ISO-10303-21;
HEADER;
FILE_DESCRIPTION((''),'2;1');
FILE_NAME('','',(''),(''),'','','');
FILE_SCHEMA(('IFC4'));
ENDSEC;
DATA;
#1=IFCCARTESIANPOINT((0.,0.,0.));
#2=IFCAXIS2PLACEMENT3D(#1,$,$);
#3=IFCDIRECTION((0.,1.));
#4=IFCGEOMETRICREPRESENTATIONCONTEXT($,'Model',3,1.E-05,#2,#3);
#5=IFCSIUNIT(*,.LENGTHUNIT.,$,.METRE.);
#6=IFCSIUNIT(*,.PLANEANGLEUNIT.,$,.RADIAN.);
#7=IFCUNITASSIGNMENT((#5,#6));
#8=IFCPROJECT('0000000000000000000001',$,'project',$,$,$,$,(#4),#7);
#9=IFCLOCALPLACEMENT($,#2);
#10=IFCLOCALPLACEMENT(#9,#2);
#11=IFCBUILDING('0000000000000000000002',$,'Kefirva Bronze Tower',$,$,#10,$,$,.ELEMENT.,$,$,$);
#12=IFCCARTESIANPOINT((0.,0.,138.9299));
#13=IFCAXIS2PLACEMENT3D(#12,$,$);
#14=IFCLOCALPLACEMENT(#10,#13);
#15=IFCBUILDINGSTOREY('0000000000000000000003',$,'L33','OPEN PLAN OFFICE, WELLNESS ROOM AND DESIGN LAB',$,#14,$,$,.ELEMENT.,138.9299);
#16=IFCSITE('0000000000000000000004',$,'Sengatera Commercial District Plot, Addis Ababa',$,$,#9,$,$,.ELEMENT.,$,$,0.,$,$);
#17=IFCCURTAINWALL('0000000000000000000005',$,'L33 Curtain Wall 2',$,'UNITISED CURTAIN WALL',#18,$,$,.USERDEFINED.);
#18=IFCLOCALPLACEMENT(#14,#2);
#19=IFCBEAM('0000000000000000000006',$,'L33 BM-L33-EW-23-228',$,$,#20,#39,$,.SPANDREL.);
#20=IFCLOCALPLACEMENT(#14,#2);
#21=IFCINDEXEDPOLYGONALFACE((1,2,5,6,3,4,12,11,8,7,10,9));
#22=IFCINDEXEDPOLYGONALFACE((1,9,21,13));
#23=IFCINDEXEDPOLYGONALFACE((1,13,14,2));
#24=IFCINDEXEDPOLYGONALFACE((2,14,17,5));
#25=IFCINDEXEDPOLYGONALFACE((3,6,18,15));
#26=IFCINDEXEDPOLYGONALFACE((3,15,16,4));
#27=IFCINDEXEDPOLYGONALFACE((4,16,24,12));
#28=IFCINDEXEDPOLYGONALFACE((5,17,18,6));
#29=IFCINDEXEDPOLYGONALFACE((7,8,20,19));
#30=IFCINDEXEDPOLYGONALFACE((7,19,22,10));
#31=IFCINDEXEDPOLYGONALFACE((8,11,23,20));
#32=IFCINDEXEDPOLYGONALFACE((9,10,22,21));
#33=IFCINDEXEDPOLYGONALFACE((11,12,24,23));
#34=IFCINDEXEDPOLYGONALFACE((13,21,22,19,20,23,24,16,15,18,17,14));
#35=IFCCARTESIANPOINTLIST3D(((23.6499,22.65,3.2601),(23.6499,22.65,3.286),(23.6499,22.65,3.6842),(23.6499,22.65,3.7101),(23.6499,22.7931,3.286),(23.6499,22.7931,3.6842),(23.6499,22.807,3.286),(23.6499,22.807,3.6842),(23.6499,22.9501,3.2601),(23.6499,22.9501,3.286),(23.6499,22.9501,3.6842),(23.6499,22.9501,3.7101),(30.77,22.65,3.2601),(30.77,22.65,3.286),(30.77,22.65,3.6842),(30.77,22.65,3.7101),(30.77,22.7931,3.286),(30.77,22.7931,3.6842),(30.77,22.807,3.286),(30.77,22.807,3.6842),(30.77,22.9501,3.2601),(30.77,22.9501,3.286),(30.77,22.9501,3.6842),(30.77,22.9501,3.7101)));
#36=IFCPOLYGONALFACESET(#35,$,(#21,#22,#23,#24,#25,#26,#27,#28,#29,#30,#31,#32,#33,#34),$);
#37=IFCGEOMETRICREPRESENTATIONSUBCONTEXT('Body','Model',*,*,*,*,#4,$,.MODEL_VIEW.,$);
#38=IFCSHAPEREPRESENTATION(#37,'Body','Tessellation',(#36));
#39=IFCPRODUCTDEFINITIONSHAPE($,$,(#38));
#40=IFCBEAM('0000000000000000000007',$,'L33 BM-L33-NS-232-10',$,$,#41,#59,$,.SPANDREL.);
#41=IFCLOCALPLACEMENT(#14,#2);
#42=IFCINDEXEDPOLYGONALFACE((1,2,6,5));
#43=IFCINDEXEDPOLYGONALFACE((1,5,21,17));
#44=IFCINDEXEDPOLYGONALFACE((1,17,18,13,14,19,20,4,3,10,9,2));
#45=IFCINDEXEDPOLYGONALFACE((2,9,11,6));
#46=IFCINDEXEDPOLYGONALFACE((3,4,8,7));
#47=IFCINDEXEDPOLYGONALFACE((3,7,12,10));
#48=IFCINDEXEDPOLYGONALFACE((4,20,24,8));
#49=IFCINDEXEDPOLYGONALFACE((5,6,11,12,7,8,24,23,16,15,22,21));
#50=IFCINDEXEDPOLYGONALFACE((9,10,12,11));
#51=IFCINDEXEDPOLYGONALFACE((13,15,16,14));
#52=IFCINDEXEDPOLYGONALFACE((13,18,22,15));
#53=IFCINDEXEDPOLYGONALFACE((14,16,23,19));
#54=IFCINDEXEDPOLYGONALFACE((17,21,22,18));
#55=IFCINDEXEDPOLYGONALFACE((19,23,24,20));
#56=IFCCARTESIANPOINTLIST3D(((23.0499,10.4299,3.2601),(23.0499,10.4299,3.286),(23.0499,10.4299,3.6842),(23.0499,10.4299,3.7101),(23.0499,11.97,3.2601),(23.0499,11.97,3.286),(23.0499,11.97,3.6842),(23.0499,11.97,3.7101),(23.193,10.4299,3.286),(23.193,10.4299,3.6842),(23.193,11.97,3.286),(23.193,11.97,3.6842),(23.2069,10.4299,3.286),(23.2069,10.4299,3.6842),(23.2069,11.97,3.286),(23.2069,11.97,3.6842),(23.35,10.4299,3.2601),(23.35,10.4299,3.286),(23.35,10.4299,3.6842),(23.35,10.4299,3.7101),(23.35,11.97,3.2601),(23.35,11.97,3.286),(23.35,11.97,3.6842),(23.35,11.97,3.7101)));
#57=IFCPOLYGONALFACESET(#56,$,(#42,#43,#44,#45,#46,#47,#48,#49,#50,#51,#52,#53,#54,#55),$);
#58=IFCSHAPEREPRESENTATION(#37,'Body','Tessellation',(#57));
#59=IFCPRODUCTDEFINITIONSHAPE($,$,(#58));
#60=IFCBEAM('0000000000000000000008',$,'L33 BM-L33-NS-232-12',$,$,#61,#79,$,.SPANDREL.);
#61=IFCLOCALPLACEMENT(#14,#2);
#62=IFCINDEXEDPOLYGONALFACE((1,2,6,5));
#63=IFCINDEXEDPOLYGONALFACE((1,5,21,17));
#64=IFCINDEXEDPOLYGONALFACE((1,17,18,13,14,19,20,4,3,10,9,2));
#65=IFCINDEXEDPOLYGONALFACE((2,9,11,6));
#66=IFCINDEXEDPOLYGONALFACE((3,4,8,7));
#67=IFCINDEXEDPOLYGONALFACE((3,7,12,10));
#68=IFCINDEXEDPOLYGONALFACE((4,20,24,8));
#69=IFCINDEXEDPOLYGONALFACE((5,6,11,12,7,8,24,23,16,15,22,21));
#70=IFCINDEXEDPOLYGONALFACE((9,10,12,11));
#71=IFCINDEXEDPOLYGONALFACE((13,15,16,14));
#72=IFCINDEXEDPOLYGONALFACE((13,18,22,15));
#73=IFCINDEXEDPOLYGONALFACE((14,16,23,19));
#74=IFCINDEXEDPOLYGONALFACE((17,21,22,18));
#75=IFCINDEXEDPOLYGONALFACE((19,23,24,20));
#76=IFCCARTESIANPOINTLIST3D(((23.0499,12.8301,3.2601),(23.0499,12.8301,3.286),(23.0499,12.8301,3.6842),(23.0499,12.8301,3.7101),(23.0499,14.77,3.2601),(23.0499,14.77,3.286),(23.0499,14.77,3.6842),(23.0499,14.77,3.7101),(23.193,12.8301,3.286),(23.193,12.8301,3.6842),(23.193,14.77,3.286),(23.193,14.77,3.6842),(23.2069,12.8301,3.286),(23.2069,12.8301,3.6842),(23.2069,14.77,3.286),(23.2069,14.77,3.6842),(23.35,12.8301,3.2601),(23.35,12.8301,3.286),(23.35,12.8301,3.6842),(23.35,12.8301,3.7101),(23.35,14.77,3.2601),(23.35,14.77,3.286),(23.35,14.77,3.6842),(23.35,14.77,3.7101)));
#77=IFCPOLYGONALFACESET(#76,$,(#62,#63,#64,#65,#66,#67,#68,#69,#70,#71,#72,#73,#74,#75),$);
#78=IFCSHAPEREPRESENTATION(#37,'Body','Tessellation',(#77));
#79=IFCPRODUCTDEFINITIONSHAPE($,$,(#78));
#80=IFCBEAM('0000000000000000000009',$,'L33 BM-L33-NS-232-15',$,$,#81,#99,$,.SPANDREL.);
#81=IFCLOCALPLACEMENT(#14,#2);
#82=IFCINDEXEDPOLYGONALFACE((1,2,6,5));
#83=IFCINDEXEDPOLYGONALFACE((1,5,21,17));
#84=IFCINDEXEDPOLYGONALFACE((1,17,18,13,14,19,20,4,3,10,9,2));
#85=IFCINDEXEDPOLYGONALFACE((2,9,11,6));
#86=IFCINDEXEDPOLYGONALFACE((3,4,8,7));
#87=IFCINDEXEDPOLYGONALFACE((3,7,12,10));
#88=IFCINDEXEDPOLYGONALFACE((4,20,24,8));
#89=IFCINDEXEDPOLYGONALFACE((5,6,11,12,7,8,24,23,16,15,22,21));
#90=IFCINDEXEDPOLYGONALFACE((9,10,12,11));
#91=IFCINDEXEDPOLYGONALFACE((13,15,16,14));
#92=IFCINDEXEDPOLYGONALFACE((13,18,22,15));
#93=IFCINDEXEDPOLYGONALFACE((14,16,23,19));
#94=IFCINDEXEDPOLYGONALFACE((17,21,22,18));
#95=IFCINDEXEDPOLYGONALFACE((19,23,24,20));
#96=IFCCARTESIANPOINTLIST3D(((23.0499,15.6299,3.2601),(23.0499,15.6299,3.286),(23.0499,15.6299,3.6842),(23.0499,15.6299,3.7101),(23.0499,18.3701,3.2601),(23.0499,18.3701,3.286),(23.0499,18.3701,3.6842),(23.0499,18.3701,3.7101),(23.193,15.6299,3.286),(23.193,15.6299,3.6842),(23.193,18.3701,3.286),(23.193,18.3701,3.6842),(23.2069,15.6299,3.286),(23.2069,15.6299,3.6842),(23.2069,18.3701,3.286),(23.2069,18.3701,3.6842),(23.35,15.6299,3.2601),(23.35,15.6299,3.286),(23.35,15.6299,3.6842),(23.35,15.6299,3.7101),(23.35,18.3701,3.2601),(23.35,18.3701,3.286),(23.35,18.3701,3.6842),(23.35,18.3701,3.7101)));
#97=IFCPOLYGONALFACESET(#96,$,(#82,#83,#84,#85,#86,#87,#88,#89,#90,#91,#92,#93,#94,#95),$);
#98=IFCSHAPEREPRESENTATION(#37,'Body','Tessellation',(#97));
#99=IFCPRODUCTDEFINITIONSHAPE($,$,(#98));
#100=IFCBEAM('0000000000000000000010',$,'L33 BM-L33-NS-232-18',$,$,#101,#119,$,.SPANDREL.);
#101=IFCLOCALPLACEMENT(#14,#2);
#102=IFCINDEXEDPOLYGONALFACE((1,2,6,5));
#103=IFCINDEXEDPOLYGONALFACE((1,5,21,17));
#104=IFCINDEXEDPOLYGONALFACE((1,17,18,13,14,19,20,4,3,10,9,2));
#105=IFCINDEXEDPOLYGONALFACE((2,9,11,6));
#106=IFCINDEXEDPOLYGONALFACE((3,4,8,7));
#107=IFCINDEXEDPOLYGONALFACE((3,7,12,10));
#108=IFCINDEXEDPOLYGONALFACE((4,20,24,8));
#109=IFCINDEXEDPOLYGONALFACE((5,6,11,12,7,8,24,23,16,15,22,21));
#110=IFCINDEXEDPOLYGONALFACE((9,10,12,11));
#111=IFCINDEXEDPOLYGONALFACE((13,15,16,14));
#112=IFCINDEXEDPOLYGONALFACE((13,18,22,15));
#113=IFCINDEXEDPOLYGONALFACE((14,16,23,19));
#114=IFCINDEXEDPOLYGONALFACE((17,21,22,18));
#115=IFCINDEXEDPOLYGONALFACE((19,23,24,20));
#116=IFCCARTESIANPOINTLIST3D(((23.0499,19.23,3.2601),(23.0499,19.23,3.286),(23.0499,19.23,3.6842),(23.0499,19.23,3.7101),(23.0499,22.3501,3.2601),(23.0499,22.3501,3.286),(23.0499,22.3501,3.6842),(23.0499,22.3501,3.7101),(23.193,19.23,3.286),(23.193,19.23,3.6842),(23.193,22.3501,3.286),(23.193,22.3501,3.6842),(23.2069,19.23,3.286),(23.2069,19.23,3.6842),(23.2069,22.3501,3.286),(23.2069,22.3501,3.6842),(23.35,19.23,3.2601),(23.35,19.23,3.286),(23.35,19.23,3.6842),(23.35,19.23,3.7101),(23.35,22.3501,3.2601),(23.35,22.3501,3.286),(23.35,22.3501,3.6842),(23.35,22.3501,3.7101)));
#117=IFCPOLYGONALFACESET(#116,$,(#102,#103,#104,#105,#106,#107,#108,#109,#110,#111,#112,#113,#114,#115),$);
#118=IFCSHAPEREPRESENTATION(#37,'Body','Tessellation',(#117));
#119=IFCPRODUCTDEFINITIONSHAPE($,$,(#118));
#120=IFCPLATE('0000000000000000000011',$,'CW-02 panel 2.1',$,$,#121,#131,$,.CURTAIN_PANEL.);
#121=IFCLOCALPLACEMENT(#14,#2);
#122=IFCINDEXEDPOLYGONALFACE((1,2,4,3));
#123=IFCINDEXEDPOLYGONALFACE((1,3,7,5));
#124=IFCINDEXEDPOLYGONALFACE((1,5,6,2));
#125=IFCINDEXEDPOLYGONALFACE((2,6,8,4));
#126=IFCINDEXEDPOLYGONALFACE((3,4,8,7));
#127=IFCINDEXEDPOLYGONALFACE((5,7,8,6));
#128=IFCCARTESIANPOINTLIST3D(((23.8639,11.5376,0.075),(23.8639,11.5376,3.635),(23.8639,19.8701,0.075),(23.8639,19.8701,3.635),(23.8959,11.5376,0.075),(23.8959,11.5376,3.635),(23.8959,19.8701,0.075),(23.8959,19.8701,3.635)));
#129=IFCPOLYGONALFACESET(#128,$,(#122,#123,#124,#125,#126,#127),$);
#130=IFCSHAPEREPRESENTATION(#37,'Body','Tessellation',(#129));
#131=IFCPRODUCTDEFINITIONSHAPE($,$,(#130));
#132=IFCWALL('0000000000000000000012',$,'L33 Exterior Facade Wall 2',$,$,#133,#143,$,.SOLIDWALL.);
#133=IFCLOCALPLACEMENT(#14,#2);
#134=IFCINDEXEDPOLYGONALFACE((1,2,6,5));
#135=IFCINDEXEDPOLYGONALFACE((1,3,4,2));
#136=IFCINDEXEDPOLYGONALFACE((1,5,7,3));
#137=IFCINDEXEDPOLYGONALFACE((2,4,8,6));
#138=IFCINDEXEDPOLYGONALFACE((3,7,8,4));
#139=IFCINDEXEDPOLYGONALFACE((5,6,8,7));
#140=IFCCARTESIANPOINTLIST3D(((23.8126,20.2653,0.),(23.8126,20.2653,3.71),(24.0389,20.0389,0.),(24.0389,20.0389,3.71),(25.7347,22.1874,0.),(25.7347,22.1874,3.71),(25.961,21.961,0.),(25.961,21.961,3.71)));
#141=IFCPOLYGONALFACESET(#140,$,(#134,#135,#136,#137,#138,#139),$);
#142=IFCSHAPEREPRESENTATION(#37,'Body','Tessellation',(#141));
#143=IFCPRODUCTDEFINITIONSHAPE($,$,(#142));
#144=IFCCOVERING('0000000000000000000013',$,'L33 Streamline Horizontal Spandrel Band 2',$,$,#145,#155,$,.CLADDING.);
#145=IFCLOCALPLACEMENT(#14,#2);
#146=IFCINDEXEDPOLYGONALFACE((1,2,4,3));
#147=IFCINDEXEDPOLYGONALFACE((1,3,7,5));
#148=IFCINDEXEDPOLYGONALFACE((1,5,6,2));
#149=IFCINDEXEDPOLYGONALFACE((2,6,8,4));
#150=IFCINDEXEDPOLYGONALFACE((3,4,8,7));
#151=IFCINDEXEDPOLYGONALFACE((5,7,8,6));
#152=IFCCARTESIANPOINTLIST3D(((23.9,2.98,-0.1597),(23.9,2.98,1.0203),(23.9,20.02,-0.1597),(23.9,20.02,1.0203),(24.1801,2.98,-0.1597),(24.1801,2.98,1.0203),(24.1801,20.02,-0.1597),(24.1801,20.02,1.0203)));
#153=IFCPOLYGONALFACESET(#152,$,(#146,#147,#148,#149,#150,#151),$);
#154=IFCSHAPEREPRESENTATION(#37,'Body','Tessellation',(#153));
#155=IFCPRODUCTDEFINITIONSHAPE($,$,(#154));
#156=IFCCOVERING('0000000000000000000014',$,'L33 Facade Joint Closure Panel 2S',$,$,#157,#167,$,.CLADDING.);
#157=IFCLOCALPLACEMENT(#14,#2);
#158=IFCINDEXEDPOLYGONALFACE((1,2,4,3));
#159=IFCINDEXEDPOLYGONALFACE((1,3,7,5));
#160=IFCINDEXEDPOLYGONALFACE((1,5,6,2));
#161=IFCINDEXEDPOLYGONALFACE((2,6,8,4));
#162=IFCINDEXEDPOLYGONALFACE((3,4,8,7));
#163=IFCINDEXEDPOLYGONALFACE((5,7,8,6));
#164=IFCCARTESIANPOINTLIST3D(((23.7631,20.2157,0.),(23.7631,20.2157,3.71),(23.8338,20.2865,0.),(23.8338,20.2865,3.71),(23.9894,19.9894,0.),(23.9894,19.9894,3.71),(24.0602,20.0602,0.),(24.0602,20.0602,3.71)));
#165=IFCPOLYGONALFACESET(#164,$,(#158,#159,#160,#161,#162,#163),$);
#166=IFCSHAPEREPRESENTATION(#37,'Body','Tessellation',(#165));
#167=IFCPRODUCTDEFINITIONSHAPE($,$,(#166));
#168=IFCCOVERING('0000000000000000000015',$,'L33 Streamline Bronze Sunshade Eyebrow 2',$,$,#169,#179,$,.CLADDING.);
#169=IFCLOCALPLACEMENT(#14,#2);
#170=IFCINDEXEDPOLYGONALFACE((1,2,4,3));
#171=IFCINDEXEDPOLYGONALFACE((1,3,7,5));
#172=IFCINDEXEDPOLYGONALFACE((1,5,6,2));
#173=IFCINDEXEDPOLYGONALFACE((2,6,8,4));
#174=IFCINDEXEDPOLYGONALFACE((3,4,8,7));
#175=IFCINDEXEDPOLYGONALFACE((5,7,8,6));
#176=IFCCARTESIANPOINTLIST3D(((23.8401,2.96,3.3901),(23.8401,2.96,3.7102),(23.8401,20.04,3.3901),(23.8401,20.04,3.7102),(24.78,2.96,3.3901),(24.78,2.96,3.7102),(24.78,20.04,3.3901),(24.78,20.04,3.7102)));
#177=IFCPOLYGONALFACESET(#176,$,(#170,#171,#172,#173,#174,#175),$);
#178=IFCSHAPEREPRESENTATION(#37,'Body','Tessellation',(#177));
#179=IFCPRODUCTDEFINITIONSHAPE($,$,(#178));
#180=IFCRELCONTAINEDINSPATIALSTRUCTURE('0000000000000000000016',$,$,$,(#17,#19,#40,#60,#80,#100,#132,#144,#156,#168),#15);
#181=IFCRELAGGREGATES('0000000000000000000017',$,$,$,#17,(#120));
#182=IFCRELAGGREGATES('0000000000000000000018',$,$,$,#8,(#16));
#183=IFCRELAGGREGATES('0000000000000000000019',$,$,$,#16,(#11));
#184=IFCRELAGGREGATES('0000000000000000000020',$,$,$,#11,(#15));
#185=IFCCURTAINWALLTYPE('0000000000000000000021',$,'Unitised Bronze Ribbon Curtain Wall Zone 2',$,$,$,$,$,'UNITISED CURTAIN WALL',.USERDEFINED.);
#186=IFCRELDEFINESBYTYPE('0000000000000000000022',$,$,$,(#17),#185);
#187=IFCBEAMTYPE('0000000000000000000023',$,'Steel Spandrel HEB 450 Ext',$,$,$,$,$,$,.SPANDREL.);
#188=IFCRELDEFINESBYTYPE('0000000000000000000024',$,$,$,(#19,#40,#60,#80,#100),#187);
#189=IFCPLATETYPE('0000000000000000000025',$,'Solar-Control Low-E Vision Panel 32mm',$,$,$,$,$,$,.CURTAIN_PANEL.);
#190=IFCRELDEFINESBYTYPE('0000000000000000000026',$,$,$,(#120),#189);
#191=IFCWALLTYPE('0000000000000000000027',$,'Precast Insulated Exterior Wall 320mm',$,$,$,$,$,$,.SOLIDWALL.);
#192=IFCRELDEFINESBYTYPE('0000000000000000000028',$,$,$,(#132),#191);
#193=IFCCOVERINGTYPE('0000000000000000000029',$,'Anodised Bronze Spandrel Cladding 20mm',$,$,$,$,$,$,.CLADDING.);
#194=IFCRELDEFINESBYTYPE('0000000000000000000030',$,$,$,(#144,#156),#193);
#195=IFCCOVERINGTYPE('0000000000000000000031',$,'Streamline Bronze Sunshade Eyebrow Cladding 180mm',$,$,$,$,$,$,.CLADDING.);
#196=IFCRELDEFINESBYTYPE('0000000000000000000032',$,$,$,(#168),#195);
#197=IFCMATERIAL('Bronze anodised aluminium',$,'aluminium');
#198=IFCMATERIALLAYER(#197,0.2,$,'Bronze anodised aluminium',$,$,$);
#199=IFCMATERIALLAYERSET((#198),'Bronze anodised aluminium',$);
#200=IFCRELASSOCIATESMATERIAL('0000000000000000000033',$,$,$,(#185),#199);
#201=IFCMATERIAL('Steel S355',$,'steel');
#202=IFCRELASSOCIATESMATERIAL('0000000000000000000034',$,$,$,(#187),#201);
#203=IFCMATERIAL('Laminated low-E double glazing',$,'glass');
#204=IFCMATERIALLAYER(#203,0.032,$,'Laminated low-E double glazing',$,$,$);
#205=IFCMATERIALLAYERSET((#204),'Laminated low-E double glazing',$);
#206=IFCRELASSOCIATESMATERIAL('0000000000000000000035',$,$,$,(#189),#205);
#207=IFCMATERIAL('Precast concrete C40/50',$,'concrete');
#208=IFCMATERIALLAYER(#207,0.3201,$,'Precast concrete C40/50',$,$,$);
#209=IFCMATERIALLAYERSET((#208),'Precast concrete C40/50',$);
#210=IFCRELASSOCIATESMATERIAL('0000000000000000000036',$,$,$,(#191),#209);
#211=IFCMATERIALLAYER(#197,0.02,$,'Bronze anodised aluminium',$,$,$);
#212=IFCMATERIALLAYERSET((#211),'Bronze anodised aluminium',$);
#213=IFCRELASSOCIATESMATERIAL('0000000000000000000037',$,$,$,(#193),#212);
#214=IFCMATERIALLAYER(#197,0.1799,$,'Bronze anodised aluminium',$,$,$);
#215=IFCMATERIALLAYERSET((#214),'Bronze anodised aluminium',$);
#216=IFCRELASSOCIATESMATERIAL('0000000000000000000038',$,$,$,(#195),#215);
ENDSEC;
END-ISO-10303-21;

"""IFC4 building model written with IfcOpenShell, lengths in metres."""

from ifc_helpers import new_model, si_unit, direction, frame, frame_2d, origin, origin_2d, place, context, subcontext, project, spatial, rectangle, i_section, extrude, material, layer, layer_set, material_profile, profile_set, type_object, element, aggregate, save


model = new_model("IFC4")

# Units and contexts
model_context = context("Model", 3, precision=1e-05, world=origin(), true_north=direction((0.0, 1.0)))
body_context = subcontext(model_context, "Body", "Model", "MODEL_VIEW")
ifc_project = project(units=[si_unit("LENGTHUNIT", "METRE"), si_unit("PLANEANGLEUNIT", "RADIAN")], contexts=[model_context])

# Site, building, storey
site_placement = place(None, origin())
site = spatial("IfcSite", under=ifc_project, at=site_placement, Name="Sengatera Commercial District Plot, Addis Ababa", CompositionType="ELEMENT", RefElevation=0.0)
building_placement = place(site_placement, origin())
building = spatial("IfcBuilding", under=site, at=building_placement, Name="Kefirva Bronze Tower", CompositionType="ELEMENT")
storey_placement = place(building_placement, frame((0.0, 0.0, 138.9299)))
storey = spatial("IfcBuildingStorey", under=building, at=storey_placement, Name="L33", Description="OPEN PLAN OFFICE, WELLNESS ROOM AND DESIGN LAB", CompositionType="ELEMENT", Elevation=138.9299)

# Curtain wall
ifc_material_1 = material(Name="Bronze anodised aluminium", Category="aluminium")
ifc_layer_1 = layer(ifc_material_1, 0.2, Name="Bronze anodised aluminium")
ifc_layer_set_1 = layer_set([ifc_layer_1], Name="Bronze anodised aluminium")
curtain_wall_type = type_object("IfcCurtainWallType", Name="Unitised Bronze Ribbon Curtain Wall Zone 2", ElementType="UNITISED CURTAIN WALL", PredefinedType="USERDEFINED", material=ifc_layer_set_1)
curtain_wall_placement = place(storey_placement, origin())
curtain_wall = element("IfcCurtainWall", 1, at=curtain_wall_placement, inside=storey, type_object=curtain_wall_type, Name="L33 Curtain Wall 2", ObjectType="UNITISED CURTAIN WALL", PredefinedType="USERDEFINED")

# Beams
ifc_material_2 = material(Name="Steel S355", Category="steel")
ifc_material_profile_1 = material_profile(ifc_material_2, i_section(OverallWidth=0.3, OverallDepth=0.45, WebThickness=0.0139, FlangeThickness=0.0259, at=origin_2d()), Name="HEB 450")
ifc_profile_set_1 = profile_set([ifc_material_profile_1], Name="Steel S355")
beam_type_1 = type_object("IfcBeamType", Name="Steel Spandrel HEB 450 Ext", PredefinedType="SPANDREL", material=ifc_profile_set_1)
beam_1_placement = place(storey_placement, frame((23.6499, 22.8, 3.4851), z_axis=(1.0, 0.0, 0.0), x_axis=(0.0, 1.0, 0.0)))
element("IfcBeam", 2, at=beam_1_placement, inside=storey, type_object=beam_type_1, Name="L33 BM-L33-EW-23-228", PredefinedType="SPANDREL", context=body_context, shape_type="SweptSolid", body=[
    extrude(i_section(OverallWidth=0.3, OverallDepth=0.45, WebThickness=0.0139, FlangeThickness=0.0259, at=origin_2d()), origin(), (0.0, 0.0, 1.0), 7.1201),
])
beam_2_placement = place(storey_placement, frame((23.2, 10.4299, 3.4851), z_axis=(0.0, 1.0, 0.0), x_axis=(-1.0, 0.0, 0.0)))
element("IfcBeam", 3, at=beam_2_placement, inside=storey, type_object=beam_type_1, Name="L33 BM-L33-NS-232-10", PredefinedType="SPANDREL", context=body_context, shape_type="SweptSolid", body=[
    extrude(i_section(OverallWidth=0.3, OverallDepth=0.45, WebThickness=0.0139, FlangeThickness=0.0259, at=origin_2d()), origin(), (0.0, 0.0, 1.0), 1.54),
])
beam_3_placement = place(storey_placement, frame((23.2, 12.8301, 3.4851), z_axis=(0.0, 1.0, 0.0), x_axis=(-1.0, 0.0, 0.0)))
element("IfcBeam", 4, at=beam_3_placement, inside=storey, type_object=beam_type_1, Name="L33 BM-L33-NS-232-12", PredefinedType="SPANDREL", context=body_context, shape_type="SweptSolid", body=[
    extrude(i_section(OverallWidth=0.3, OverallDepth=0.45, WebThickness=0.0139, FlangeThickness=0.0259, at=origin_2d()), origin(), (0.0, 0.0, 1.0), 1.9399),
])
beam_4_placement = place(storey_placement, frame((23.2, 15.6299, 3.4851), z_axis=(0.0, 1.0, 0.0), x_axis=(-1.0, 0.0, 0.0)))
element("IfcBeam", 5, at=beam_4_placement, inside=storey, type_object=beam_type_1, Name="L33 BM-L33-NS-232-15", PredefinedType="SPANDREL", context=body_context, shape_type="SweptSolid", body=[
    extrude(i_section(OverallWidth=0.3, OverallDepth=0.45, WebThickness=0.0139, FlangeThickness=0.0259, at=origin_2d()), origin(), (0.0, 0.0, 1.0), 2.7402),
])
beam_5_placement = place(storey_placement, frame((23.2, 19.23, 3.4851), z_axis=(0.0, 1.0, 0.0), x_axis=(-1.0, 0.0, 0.0)))
element("IfcBeam", 6, at=beam_5_placement, inside=storey, type_object=beam_type_1, Name="L33 BM-L33-NS-232-18", PredefinedType="SPANDREL", context=body_context, shape_type="SweptSolid", body=[
    extrude(i_section(OverallWidth=0.3, OverallDepth=0.45, WebThickness=0.0139, FlangeThickness=0.0259, at=origin_2d()), origin(), (0.0, 0.0, 1.0), 3.1201),
])

# Plate
ifc_material_3 = material(Name="Laminated low-E double glazing", Category="glass")
ifc_layer_2 = layer(ifc_material_3, 0.032, Name="Laminated low-E double glazing")
ifc_layer_set_2 = layer_set([ifc_layer_2], Name="Laminated low-E double glazing")
plate_type = type_object("IfcPlateType", Name="Solar-Control Low-E Vision Panel 32mm", PredefinedType="CURTAIN_PANEL", material=ifc_layer_set_2)
plate_placement = place(storey_placement, frame((23.8799, 15.7039, 0.075), z_axis=(0.0, 0.0, 1.0), x_axis=(0.0, 1.0, 0.0)))
plate = element("IfcPlate", 7, at=plate_placement, type_object=plate_type, Name="CW-02 panel 2.1", PredefinedType="CURTAIN_PANEL", context=body_context, shape_type="SweptSolid", body=[
    extrude(rectangle(XDim=8.3325, YDim=0.032, at=origin_2d()), origin(), (0.0, 0.0, 1.0), 3.5601),
])
aggregate(curtain_wall, [plate])

# Wall
ifc_material_4 = material(Name="Precast concrete C40/50", Category="concrete")
ifc_layer_3 = layer(ifc_material_4, 0.3201, Name="Precast concrete C40/50")
ifc_layer_set_3 = layer_set([ifc_layer_3], Name="Precast concrete C40/50")
wall_type = type_object("IfcWallType", Name="Precast Insulated Exterior Wall 320mm", PredefinedType="SOLIDWALL", material=ifc_layer_set_3)
wall_placement = place(storey_placement, frame((23.9258, 20.1521, 0.0), z_axis=(0.0, 0.0, 1.0), x_axis=(0.707107, 0.707107, 0.0)))
element("IfcWall", 8, at=wall_placement, inside=storey, type_object=wall_type, Name="L33 Exterior Facade Wall 2", PredefinedType="SOLIDWALL", context=body_context, shape_type="SweptSolid", body=[
    extrude(rectangle(XDim=2.7183, YDim=0.3201, at=frame_2d((1.3591, 0.0))), origin(), (0.0, 0.0, 1.0), 3.71),
])

# Coverings
ifc_layer_4 = layer(ifc_material_1, 0.02, Name="Bronze anodised aluminium")
ifc_layer_set_4 = layer_set([ifc_layer_4], Name="Bronze anodised aluminium")
covering_type_1 = type_object("IfcCoveringType", Name="Anodised Bronze Spandrel Cladding 20mm", PredefinedType="CLADDING", material=ifc_layer_set_4)
covering_1_placement = place(storey_placement, frame((24.04, 11.5, -0.1597), z_axis=(0.0, 0.0, 1.0), x_axis=(0.0, 1.0, 0.0)))
element("IfcCovering", 9, at=covering_1_placement, inside=storey, type_object=covering_type_1, Name="L33 Streamline Horizontal Spandrel Band 2", PredefinedType="CLADDING", context=body_context, shape_type="SweptSolid", body=[
    extrude(rectangle(XDim=17.04, YDim=0.28, at=origin_2d()), origin(), (0.0, 0.0, 1.0), 1.1799),
])
covering_2_placement = place(storey_placement, frame((23.9116, 20.1379, 0.0), z_axis=(0.0, 0.0, 1.0), x_axis=(0.707107, 0.707107, 0.0)))
element("IfcCovering", 10, at=covering_2_placement, inside=storey, type_object=covering_type_1, Name="L33 Facade Joint Closure Panel 2S", PredefinedType="CLADDING", context=body_context, shape_type="SweptSolid", body=[
    extrude(rectangle(XDim=0.1001, YDim=0.3201, at=origin_2d()), origin(), (0.0, 0.0, 1.0), 3.71),
])
ifc_layer_5 = layer(ifc_material_1, 0.1799, Name="Bronze anodised aluminium")
ifc_layer_set_5 = layer_set([ifc_layer_5], Name="Bronze anodised aluminium")
covering_type_2 = type_object("IfcCoveringType", Name="Streamline Bronze Sunshade Eyebrow Cladding 180mm", PredefinedType="CLADDING", material=ifc_layer_set_5)
covering_3_placement = place(storey_placement, frame((24.3101, 11.5, 3.3901), z_axis=(0.0, 0.0, 1.0), x_axis=(0.0, 1.0, 0.0)))
element("IfcCovering", 11, at=covering_3_placement, inside=storey, type_object=covering_type_2, Name="L33 Streamline Bronze Sunshade Eyebrow 2", PredefinedType="CLADDING", context=body_context, shape_type="SweptSolid", body=[
    extrude(rectangle(XDim=17.0801, YDim=0.9399, at=origin_2d()), origin(), (0.0, 0.0, 1.0), 0.3201),
])

save(model, "model.ifc")
